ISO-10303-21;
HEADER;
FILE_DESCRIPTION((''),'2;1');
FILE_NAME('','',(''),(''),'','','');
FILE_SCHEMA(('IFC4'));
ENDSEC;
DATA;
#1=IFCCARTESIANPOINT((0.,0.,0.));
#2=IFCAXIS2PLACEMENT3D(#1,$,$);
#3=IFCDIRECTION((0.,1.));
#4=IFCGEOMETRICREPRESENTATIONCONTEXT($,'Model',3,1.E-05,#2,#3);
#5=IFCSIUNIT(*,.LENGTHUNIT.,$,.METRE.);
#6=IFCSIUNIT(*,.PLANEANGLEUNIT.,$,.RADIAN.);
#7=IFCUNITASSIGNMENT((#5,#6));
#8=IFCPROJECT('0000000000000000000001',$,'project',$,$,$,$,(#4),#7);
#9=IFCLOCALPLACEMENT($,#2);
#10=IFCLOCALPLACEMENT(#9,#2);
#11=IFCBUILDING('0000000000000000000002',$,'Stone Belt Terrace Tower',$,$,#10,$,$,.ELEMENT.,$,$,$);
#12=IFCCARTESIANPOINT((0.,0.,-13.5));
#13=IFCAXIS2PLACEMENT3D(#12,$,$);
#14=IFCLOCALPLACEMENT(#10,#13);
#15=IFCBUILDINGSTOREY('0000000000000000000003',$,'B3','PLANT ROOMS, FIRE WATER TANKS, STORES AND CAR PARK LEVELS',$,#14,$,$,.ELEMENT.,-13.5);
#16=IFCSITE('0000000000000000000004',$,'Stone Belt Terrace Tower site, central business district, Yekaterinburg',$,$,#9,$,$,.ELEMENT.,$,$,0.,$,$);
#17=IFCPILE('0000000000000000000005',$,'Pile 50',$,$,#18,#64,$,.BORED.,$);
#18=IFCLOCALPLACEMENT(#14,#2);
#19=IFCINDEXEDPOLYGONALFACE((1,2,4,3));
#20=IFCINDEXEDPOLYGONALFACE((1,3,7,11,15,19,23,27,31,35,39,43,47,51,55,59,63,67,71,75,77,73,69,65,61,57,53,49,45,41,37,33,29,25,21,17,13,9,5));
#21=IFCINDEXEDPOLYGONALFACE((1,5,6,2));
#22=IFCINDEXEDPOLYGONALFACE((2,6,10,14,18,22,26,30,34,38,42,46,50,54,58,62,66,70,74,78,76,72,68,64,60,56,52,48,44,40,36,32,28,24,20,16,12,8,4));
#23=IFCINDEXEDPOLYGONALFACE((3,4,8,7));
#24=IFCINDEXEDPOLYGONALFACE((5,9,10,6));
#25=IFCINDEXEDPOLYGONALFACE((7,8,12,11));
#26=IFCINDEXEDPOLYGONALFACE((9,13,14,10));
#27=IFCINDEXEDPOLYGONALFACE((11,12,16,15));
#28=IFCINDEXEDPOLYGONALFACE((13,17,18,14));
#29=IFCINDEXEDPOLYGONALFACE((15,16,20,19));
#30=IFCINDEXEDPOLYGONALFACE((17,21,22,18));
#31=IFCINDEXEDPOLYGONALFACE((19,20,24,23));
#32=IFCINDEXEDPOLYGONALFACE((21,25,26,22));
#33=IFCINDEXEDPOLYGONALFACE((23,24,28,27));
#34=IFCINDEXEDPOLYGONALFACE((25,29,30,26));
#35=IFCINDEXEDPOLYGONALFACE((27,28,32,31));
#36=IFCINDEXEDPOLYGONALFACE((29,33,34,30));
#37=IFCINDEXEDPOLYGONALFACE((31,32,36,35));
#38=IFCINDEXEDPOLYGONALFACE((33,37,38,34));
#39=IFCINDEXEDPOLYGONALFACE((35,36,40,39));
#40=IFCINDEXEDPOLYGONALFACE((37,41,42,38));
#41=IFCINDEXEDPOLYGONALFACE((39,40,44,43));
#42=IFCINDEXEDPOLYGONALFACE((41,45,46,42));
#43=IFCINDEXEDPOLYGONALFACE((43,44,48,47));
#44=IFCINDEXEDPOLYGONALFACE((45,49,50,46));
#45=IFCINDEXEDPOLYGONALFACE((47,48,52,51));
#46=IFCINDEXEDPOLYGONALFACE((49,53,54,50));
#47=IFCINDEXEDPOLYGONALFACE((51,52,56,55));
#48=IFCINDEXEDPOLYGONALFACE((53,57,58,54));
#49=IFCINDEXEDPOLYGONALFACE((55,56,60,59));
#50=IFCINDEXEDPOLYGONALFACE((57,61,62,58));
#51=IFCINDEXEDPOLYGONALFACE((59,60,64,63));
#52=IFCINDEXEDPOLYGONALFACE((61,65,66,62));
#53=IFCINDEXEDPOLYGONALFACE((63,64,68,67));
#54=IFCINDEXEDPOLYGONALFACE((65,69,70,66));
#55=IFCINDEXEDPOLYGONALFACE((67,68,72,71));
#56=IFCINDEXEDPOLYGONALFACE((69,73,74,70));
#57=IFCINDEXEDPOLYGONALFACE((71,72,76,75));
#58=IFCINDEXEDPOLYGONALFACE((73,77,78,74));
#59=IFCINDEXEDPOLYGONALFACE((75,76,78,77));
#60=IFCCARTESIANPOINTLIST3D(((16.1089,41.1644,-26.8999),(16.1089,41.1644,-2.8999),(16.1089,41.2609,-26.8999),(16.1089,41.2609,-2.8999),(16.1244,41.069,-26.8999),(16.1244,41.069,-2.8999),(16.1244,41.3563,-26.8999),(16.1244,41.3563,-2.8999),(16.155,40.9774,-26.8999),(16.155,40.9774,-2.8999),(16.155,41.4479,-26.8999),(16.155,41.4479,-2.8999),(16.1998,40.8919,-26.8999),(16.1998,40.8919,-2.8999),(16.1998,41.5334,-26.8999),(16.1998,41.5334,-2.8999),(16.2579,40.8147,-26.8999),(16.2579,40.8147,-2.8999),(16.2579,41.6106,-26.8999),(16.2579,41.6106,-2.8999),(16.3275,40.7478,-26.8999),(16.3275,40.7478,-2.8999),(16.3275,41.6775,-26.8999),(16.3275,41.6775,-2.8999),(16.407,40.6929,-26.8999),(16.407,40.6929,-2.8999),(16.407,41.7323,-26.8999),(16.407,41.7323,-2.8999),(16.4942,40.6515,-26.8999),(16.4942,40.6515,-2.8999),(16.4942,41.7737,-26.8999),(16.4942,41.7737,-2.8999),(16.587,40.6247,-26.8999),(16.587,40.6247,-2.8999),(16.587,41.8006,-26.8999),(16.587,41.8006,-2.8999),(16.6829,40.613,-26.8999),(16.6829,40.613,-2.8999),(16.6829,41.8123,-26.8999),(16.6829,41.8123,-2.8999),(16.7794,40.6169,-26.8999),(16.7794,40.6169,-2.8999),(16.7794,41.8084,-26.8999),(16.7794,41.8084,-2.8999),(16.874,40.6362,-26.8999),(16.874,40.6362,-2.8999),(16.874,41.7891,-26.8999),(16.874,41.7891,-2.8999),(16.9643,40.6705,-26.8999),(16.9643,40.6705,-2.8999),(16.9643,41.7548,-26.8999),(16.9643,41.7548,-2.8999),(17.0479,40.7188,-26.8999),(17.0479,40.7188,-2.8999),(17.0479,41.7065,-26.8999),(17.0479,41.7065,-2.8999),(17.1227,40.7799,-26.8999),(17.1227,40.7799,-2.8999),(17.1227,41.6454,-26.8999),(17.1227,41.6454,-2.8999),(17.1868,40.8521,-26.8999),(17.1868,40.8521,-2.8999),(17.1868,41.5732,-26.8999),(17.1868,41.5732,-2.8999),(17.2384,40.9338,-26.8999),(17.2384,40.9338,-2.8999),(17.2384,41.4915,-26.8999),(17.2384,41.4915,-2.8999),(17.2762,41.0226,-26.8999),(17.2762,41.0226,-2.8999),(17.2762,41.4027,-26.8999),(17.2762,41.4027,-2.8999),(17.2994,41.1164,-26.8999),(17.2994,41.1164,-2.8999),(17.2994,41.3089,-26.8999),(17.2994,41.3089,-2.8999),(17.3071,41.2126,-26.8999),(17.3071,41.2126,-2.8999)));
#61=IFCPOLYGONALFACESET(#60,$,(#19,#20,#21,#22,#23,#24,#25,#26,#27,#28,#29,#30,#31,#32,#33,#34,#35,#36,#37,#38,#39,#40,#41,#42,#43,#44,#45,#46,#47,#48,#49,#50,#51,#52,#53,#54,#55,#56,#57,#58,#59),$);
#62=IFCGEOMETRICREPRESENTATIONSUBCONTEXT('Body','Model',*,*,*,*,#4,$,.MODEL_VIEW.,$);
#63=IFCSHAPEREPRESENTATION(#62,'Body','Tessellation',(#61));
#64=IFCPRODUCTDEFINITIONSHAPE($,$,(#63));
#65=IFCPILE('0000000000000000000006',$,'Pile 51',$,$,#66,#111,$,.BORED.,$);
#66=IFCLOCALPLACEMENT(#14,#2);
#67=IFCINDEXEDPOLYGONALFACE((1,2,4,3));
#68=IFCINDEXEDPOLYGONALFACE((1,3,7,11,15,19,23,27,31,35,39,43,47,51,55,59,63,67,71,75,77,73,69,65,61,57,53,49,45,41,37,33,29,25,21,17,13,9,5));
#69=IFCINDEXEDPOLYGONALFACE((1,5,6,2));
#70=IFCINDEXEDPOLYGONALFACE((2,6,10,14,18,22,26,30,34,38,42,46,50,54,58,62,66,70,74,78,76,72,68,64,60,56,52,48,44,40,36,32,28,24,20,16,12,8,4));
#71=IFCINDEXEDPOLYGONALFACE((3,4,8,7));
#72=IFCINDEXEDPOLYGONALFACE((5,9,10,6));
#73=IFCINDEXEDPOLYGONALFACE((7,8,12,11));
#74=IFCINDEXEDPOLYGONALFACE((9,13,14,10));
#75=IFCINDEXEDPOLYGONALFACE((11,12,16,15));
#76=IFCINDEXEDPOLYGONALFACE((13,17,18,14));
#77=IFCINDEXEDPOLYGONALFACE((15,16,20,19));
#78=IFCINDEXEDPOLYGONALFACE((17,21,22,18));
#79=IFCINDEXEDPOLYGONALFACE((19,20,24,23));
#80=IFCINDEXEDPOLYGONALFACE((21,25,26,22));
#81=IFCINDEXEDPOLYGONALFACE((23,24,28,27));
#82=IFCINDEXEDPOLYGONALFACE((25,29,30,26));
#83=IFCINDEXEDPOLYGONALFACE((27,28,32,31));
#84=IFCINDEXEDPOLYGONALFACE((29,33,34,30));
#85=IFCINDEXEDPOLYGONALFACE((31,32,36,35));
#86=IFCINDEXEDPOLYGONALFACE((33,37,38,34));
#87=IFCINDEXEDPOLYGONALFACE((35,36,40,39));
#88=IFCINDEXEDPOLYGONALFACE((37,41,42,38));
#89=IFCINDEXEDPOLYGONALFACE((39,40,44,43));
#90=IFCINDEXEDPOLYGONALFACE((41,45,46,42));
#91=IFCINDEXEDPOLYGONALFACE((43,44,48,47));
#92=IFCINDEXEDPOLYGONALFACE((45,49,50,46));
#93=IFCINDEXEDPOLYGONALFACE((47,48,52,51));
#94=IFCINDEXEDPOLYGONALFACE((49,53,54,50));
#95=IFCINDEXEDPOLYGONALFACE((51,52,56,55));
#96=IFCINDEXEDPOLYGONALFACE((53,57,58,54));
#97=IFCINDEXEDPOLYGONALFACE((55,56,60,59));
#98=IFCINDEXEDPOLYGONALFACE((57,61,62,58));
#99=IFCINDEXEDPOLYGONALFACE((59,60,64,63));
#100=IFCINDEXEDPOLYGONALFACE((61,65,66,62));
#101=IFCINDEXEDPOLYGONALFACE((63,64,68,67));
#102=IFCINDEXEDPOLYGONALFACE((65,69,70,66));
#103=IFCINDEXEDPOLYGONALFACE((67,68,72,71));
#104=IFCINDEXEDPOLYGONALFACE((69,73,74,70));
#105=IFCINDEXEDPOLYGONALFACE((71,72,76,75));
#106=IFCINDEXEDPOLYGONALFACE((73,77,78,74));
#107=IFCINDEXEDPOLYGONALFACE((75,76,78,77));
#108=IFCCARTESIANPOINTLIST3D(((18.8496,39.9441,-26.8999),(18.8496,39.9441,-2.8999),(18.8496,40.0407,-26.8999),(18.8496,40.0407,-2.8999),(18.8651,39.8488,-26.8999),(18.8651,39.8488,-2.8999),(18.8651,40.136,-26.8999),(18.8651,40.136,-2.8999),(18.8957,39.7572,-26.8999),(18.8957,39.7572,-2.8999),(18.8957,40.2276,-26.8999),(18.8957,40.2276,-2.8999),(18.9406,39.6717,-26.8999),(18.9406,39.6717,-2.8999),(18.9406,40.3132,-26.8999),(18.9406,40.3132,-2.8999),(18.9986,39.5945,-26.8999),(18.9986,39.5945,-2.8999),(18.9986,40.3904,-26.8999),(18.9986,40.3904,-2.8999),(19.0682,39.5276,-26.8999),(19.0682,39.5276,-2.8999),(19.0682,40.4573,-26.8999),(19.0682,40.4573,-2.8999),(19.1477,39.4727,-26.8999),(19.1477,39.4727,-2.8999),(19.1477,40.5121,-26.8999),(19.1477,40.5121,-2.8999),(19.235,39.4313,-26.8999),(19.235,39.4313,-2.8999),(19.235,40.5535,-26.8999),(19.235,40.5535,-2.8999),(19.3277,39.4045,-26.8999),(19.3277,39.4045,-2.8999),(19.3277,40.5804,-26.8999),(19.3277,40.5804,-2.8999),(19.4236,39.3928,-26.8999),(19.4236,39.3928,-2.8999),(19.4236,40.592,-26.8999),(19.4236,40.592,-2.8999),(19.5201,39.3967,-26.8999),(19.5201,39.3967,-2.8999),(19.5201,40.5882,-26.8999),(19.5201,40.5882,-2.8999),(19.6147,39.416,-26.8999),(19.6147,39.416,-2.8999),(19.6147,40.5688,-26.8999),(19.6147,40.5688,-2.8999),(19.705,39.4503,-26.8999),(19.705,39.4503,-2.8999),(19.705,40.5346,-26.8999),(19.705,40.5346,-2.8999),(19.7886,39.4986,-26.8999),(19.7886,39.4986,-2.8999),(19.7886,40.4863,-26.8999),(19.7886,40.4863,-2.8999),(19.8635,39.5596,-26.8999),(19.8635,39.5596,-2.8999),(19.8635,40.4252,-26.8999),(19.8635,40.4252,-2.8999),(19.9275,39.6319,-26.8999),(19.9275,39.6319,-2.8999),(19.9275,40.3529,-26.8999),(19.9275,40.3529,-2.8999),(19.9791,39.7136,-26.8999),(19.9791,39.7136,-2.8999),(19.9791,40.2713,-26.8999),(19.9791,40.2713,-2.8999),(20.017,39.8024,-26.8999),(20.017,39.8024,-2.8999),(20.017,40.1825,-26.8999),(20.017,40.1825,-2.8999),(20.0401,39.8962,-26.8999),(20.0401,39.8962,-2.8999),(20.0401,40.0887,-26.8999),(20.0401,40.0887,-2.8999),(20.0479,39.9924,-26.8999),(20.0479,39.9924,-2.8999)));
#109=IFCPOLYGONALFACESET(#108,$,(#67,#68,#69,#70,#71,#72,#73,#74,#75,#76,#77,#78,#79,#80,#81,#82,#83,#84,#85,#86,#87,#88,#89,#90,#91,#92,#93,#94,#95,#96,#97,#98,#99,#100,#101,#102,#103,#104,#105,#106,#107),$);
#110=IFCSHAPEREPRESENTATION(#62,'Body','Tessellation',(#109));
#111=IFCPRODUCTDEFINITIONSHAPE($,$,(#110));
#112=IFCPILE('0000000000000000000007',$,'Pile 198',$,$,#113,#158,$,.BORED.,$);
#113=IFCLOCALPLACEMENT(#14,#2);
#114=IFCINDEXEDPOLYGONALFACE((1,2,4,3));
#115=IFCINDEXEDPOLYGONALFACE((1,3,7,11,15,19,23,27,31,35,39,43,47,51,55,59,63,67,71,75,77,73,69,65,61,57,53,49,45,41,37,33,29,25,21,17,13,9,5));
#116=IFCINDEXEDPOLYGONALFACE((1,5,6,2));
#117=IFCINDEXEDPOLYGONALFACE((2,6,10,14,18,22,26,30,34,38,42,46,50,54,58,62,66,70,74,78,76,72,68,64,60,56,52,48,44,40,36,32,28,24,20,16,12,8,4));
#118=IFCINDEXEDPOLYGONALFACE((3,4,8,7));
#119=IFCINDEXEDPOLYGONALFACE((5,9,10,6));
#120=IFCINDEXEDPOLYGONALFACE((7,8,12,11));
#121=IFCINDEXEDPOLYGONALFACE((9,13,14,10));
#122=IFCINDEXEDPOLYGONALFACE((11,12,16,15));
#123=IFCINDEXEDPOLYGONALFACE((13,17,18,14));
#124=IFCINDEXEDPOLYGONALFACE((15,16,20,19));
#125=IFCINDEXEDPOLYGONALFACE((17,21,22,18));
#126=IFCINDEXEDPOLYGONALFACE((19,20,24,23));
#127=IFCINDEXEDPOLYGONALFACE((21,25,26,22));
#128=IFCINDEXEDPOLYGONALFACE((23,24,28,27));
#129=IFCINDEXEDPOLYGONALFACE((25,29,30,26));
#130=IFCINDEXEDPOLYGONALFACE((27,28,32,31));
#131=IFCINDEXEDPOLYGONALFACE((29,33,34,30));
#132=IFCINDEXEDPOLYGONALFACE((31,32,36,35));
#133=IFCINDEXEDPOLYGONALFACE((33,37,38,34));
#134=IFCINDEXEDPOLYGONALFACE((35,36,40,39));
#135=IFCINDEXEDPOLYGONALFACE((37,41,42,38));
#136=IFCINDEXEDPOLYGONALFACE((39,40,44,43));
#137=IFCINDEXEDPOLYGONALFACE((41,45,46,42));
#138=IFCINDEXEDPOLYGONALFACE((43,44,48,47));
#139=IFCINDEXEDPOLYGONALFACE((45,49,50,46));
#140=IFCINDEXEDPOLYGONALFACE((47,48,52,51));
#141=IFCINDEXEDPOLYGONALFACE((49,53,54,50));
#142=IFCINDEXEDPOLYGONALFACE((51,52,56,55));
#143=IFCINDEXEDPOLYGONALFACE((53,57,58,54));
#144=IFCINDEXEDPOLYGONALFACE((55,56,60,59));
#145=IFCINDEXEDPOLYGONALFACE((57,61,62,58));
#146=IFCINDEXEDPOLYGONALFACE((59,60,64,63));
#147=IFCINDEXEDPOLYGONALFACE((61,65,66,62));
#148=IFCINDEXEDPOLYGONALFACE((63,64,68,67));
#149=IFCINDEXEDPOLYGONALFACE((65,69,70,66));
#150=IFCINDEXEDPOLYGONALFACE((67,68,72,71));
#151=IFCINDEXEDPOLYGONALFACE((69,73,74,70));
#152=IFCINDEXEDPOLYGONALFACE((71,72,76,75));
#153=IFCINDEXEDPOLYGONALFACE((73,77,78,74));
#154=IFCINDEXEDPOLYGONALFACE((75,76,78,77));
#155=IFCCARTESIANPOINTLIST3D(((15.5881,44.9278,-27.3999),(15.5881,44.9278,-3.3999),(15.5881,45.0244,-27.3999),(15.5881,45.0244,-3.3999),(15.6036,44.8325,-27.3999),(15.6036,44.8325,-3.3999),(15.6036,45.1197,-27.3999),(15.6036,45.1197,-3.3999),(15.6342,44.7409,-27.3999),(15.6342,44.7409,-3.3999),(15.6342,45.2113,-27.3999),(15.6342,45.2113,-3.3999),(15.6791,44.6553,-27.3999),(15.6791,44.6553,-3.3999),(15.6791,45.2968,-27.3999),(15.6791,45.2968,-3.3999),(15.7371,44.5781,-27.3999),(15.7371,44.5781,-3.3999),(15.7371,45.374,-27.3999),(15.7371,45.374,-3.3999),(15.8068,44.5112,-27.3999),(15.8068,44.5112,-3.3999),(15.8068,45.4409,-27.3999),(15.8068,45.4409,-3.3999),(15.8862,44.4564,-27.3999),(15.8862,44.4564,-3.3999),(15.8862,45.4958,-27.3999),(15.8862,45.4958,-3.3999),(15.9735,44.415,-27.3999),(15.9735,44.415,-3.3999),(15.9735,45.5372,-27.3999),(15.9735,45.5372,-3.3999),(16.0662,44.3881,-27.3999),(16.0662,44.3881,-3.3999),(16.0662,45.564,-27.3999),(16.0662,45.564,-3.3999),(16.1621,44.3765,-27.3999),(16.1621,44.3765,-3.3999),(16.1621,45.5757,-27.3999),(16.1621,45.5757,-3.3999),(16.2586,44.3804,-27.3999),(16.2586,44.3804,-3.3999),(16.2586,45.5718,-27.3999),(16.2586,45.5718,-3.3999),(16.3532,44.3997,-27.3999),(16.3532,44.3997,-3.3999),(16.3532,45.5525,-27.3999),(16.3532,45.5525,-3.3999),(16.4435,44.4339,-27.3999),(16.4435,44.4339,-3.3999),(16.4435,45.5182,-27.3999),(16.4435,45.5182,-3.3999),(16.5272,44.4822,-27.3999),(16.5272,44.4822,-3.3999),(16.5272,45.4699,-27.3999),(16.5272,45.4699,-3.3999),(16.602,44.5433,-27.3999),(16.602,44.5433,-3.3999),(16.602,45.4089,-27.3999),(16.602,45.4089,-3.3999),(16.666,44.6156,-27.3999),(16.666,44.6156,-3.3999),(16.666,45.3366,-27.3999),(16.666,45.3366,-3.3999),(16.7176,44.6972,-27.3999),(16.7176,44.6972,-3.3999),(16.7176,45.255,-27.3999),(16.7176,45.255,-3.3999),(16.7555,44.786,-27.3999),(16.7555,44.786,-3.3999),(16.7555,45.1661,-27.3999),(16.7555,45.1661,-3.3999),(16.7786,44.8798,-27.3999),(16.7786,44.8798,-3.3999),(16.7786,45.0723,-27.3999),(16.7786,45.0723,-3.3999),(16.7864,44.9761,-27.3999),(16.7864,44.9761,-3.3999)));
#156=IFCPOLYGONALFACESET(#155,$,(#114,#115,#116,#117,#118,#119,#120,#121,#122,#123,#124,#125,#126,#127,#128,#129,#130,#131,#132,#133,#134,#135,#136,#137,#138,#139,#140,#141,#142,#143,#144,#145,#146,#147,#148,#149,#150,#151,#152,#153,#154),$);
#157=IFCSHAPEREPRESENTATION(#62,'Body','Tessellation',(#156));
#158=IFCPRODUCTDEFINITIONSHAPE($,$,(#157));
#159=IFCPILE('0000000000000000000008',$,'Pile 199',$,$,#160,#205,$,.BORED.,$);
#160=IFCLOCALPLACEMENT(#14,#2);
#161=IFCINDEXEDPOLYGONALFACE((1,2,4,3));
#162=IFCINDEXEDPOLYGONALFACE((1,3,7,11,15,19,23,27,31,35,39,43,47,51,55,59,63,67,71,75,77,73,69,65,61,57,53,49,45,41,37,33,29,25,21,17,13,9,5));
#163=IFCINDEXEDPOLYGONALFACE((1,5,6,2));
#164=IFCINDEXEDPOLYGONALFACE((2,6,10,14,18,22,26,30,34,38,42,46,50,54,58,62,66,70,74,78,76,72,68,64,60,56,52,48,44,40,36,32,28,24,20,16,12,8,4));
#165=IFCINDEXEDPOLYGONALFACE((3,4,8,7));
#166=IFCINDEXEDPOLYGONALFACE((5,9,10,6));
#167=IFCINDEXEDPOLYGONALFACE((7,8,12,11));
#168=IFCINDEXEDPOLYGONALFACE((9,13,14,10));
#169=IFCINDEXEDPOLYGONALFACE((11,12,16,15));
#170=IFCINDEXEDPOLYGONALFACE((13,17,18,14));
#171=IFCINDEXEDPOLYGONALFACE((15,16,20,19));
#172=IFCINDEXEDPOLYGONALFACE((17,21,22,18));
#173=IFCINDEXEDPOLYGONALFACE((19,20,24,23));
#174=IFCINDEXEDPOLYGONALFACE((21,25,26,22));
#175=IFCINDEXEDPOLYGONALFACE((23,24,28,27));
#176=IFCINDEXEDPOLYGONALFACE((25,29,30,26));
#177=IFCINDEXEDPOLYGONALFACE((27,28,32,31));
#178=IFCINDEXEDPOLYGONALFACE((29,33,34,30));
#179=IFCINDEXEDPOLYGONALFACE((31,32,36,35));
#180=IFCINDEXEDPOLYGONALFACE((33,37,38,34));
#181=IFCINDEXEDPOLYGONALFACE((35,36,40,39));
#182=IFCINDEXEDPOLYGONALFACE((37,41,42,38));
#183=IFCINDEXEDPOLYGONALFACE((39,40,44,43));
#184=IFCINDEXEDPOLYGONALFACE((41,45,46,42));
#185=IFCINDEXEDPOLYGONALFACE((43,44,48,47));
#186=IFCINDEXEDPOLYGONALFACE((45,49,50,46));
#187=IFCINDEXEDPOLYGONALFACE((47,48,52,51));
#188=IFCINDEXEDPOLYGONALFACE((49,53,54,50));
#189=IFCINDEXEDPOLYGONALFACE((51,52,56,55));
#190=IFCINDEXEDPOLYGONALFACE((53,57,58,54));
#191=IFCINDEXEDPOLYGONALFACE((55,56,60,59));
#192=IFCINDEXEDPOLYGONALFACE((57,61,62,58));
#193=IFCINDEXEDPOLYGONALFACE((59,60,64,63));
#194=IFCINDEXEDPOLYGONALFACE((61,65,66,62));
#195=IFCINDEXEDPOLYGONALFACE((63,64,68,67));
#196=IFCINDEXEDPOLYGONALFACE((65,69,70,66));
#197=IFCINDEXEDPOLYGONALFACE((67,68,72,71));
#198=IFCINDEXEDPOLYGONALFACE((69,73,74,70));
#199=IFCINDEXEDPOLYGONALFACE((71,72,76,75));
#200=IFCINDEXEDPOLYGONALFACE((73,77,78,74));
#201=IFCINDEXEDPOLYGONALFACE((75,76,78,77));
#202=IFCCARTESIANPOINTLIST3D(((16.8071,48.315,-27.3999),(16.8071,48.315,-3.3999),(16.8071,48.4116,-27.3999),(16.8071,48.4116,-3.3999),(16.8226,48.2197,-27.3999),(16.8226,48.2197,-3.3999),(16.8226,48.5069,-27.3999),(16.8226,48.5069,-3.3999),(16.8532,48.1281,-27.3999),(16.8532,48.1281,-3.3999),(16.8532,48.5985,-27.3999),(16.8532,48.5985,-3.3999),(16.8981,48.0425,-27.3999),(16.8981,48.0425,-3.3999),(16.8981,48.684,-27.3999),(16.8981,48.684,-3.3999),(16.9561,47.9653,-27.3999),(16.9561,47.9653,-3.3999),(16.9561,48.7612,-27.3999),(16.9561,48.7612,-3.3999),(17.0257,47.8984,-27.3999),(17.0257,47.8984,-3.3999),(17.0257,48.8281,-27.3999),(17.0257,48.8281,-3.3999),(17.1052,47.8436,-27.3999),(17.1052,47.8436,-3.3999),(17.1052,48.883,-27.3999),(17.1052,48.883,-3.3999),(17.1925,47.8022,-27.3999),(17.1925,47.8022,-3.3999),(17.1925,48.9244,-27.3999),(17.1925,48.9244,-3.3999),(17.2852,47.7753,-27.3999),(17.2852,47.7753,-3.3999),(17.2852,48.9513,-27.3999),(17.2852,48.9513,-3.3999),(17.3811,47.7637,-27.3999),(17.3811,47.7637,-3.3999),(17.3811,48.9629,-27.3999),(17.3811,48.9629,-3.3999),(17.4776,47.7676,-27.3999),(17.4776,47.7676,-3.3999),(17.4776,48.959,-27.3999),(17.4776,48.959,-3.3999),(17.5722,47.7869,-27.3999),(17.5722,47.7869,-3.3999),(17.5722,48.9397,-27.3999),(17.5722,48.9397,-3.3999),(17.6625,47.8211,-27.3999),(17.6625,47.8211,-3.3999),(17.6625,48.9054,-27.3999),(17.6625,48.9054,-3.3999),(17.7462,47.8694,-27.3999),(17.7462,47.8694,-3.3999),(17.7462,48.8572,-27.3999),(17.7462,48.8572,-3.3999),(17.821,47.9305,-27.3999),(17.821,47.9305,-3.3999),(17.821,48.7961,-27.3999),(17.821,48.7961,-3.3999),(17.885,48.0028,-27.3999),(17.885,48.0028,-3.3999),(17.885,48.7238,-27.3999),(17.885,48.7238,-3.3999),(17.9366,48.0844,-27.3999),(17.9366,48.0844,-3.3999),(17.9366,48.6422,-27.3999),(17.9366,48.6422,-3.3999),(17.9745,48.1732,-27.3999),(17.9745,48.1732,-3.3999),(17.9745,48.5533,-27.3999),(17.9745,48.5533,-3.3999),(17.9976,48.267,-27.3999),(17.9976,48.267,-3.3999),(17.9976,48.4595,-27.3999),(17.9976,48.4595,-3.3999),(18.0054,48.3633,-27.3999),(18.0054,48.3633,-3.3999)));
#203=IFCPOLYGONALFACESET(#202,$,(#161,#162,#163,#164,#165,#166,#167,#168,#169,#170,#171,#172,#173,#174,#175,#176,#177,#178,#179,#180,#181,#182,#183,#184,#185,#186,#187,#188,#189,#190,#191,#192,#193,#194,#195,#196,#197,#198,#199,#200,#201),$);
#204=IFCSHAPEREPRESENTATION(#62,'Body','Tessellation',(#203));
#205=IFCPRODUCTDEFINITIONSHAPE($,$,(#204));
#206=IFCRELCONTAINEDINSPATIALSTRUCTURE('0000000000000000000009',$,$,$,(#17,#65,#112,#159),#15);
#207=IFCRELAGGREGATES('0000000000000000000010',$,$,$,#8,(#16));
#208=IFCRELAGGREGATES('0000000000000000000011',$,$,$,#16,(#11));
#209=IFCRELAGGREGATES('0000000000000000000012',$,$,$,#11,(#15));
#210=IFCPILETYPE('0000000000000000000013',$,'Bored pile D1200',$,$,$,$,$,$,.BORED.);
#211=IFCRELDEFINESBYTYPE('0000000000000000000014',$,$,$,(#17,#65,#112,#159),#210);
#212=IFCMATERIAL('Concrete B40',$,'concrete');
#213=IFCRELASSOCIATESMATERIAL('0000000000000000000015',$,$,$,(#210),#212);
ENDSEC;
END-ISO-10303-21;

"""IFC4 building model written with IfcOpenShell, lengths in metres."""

from ifc_helpers import new_model, si_unit, direction, frame, origin, origin_2d, place, context, subcontext, project, spatial, circle, extrude, material, material_profile, profile_set, type_object, element, save


model = new_model("IFC4")

# Units and contexts
model_context = context("Model", 3, precision=1e-05, world=origin(), true_north=direction((0.0, 1.0)))
body_context = subcontext(model_context, "Body", "Model", "MODEL_VIEW")
ifc_project = project(units=[si_unit("LENGTHUNIT", "METRE"), si_unit("PLANEANGLEUNIT", "RADIAN")], contexts=[model_context])

# Site, building, storey
site_placement = place(None, origin())
site = spatial("IfcSite", under=ifc_project, at=site_placement, Name="Stone Belt Terrace Tower site, central business district, Yekaterinburg", CompositionType="ELEMENT", RefElevation=0.0)
building_placement = place(site_placement, origin())
building = spatial("IfcBuilding", under=site, at=building_placement, Name="Stone Belt Terrace Tower", CompositionType="ELEMENT")
storey_placement = place(building_placement, frame((0.0, 0.0, -13.5)))
storey = spatial("IfcBuildingStorey", under=building, at=storey_placement, Name="B3", Description="PLANT ROOMS, FIRE WATER TANKS, STORES AND CAR PARK LEVELS", CompositionType="ELEMENT", Elevation=-13.5)

# Piles
ifc_material_1 = material(Name="Concrete B40", Category="concrete")
ifc_material_profile_1 = material_profile(ifc_material_1, circle(Radius=0.6001, at=origin_2d()), Name="PILE D1200")
ifc_profile_set_1 = profile_set([ifc_material_profile_1], Name="Concrete B40")
pile_type = type_object("IfcPileType", Name="Bored pile D1200", PredefinedType="BORED", material=ifc_profile_set_1)
for number, where, z_axis, x_axis, name in (
    (1, (16.707, 41.2126, -2.8999), (0.0, 0.0, -1.0), (1.0, 0.0, 0.0), "Pile 50"),
    (2, (19.4478, 39.9924, -2.8999), (0.0, 0.0, -1.0), (1.0, 0.0, 0.0), "Pile 51"),
    (3, (16.1863, 44.9761, -3.3999), (0.0, 0.0, -1.0), (1.0, 0.0, 0.0), "Pile 198"),
    (4, (17.4053, 48.3633, -3.3999), (0.0, 0.0, -1.0), (1.0, 0.0, 0.0), "Pile 199"),
):
    element("IfcPile", number, at=place(storey_placement, frame(where, z_axis=z_axis, x_axis=x_axis)), inside=storey, type_object=pile_type, Name=name, PredefinedType="BORED", context=body_context, shape_type="SweptSolid", body=[
        extrude(circle(Radius=0.6001, at=origin_2d()), origin(), (0.0, 0.0, 1.0), 24.0),
    ])

save(model, "model.ifc")
